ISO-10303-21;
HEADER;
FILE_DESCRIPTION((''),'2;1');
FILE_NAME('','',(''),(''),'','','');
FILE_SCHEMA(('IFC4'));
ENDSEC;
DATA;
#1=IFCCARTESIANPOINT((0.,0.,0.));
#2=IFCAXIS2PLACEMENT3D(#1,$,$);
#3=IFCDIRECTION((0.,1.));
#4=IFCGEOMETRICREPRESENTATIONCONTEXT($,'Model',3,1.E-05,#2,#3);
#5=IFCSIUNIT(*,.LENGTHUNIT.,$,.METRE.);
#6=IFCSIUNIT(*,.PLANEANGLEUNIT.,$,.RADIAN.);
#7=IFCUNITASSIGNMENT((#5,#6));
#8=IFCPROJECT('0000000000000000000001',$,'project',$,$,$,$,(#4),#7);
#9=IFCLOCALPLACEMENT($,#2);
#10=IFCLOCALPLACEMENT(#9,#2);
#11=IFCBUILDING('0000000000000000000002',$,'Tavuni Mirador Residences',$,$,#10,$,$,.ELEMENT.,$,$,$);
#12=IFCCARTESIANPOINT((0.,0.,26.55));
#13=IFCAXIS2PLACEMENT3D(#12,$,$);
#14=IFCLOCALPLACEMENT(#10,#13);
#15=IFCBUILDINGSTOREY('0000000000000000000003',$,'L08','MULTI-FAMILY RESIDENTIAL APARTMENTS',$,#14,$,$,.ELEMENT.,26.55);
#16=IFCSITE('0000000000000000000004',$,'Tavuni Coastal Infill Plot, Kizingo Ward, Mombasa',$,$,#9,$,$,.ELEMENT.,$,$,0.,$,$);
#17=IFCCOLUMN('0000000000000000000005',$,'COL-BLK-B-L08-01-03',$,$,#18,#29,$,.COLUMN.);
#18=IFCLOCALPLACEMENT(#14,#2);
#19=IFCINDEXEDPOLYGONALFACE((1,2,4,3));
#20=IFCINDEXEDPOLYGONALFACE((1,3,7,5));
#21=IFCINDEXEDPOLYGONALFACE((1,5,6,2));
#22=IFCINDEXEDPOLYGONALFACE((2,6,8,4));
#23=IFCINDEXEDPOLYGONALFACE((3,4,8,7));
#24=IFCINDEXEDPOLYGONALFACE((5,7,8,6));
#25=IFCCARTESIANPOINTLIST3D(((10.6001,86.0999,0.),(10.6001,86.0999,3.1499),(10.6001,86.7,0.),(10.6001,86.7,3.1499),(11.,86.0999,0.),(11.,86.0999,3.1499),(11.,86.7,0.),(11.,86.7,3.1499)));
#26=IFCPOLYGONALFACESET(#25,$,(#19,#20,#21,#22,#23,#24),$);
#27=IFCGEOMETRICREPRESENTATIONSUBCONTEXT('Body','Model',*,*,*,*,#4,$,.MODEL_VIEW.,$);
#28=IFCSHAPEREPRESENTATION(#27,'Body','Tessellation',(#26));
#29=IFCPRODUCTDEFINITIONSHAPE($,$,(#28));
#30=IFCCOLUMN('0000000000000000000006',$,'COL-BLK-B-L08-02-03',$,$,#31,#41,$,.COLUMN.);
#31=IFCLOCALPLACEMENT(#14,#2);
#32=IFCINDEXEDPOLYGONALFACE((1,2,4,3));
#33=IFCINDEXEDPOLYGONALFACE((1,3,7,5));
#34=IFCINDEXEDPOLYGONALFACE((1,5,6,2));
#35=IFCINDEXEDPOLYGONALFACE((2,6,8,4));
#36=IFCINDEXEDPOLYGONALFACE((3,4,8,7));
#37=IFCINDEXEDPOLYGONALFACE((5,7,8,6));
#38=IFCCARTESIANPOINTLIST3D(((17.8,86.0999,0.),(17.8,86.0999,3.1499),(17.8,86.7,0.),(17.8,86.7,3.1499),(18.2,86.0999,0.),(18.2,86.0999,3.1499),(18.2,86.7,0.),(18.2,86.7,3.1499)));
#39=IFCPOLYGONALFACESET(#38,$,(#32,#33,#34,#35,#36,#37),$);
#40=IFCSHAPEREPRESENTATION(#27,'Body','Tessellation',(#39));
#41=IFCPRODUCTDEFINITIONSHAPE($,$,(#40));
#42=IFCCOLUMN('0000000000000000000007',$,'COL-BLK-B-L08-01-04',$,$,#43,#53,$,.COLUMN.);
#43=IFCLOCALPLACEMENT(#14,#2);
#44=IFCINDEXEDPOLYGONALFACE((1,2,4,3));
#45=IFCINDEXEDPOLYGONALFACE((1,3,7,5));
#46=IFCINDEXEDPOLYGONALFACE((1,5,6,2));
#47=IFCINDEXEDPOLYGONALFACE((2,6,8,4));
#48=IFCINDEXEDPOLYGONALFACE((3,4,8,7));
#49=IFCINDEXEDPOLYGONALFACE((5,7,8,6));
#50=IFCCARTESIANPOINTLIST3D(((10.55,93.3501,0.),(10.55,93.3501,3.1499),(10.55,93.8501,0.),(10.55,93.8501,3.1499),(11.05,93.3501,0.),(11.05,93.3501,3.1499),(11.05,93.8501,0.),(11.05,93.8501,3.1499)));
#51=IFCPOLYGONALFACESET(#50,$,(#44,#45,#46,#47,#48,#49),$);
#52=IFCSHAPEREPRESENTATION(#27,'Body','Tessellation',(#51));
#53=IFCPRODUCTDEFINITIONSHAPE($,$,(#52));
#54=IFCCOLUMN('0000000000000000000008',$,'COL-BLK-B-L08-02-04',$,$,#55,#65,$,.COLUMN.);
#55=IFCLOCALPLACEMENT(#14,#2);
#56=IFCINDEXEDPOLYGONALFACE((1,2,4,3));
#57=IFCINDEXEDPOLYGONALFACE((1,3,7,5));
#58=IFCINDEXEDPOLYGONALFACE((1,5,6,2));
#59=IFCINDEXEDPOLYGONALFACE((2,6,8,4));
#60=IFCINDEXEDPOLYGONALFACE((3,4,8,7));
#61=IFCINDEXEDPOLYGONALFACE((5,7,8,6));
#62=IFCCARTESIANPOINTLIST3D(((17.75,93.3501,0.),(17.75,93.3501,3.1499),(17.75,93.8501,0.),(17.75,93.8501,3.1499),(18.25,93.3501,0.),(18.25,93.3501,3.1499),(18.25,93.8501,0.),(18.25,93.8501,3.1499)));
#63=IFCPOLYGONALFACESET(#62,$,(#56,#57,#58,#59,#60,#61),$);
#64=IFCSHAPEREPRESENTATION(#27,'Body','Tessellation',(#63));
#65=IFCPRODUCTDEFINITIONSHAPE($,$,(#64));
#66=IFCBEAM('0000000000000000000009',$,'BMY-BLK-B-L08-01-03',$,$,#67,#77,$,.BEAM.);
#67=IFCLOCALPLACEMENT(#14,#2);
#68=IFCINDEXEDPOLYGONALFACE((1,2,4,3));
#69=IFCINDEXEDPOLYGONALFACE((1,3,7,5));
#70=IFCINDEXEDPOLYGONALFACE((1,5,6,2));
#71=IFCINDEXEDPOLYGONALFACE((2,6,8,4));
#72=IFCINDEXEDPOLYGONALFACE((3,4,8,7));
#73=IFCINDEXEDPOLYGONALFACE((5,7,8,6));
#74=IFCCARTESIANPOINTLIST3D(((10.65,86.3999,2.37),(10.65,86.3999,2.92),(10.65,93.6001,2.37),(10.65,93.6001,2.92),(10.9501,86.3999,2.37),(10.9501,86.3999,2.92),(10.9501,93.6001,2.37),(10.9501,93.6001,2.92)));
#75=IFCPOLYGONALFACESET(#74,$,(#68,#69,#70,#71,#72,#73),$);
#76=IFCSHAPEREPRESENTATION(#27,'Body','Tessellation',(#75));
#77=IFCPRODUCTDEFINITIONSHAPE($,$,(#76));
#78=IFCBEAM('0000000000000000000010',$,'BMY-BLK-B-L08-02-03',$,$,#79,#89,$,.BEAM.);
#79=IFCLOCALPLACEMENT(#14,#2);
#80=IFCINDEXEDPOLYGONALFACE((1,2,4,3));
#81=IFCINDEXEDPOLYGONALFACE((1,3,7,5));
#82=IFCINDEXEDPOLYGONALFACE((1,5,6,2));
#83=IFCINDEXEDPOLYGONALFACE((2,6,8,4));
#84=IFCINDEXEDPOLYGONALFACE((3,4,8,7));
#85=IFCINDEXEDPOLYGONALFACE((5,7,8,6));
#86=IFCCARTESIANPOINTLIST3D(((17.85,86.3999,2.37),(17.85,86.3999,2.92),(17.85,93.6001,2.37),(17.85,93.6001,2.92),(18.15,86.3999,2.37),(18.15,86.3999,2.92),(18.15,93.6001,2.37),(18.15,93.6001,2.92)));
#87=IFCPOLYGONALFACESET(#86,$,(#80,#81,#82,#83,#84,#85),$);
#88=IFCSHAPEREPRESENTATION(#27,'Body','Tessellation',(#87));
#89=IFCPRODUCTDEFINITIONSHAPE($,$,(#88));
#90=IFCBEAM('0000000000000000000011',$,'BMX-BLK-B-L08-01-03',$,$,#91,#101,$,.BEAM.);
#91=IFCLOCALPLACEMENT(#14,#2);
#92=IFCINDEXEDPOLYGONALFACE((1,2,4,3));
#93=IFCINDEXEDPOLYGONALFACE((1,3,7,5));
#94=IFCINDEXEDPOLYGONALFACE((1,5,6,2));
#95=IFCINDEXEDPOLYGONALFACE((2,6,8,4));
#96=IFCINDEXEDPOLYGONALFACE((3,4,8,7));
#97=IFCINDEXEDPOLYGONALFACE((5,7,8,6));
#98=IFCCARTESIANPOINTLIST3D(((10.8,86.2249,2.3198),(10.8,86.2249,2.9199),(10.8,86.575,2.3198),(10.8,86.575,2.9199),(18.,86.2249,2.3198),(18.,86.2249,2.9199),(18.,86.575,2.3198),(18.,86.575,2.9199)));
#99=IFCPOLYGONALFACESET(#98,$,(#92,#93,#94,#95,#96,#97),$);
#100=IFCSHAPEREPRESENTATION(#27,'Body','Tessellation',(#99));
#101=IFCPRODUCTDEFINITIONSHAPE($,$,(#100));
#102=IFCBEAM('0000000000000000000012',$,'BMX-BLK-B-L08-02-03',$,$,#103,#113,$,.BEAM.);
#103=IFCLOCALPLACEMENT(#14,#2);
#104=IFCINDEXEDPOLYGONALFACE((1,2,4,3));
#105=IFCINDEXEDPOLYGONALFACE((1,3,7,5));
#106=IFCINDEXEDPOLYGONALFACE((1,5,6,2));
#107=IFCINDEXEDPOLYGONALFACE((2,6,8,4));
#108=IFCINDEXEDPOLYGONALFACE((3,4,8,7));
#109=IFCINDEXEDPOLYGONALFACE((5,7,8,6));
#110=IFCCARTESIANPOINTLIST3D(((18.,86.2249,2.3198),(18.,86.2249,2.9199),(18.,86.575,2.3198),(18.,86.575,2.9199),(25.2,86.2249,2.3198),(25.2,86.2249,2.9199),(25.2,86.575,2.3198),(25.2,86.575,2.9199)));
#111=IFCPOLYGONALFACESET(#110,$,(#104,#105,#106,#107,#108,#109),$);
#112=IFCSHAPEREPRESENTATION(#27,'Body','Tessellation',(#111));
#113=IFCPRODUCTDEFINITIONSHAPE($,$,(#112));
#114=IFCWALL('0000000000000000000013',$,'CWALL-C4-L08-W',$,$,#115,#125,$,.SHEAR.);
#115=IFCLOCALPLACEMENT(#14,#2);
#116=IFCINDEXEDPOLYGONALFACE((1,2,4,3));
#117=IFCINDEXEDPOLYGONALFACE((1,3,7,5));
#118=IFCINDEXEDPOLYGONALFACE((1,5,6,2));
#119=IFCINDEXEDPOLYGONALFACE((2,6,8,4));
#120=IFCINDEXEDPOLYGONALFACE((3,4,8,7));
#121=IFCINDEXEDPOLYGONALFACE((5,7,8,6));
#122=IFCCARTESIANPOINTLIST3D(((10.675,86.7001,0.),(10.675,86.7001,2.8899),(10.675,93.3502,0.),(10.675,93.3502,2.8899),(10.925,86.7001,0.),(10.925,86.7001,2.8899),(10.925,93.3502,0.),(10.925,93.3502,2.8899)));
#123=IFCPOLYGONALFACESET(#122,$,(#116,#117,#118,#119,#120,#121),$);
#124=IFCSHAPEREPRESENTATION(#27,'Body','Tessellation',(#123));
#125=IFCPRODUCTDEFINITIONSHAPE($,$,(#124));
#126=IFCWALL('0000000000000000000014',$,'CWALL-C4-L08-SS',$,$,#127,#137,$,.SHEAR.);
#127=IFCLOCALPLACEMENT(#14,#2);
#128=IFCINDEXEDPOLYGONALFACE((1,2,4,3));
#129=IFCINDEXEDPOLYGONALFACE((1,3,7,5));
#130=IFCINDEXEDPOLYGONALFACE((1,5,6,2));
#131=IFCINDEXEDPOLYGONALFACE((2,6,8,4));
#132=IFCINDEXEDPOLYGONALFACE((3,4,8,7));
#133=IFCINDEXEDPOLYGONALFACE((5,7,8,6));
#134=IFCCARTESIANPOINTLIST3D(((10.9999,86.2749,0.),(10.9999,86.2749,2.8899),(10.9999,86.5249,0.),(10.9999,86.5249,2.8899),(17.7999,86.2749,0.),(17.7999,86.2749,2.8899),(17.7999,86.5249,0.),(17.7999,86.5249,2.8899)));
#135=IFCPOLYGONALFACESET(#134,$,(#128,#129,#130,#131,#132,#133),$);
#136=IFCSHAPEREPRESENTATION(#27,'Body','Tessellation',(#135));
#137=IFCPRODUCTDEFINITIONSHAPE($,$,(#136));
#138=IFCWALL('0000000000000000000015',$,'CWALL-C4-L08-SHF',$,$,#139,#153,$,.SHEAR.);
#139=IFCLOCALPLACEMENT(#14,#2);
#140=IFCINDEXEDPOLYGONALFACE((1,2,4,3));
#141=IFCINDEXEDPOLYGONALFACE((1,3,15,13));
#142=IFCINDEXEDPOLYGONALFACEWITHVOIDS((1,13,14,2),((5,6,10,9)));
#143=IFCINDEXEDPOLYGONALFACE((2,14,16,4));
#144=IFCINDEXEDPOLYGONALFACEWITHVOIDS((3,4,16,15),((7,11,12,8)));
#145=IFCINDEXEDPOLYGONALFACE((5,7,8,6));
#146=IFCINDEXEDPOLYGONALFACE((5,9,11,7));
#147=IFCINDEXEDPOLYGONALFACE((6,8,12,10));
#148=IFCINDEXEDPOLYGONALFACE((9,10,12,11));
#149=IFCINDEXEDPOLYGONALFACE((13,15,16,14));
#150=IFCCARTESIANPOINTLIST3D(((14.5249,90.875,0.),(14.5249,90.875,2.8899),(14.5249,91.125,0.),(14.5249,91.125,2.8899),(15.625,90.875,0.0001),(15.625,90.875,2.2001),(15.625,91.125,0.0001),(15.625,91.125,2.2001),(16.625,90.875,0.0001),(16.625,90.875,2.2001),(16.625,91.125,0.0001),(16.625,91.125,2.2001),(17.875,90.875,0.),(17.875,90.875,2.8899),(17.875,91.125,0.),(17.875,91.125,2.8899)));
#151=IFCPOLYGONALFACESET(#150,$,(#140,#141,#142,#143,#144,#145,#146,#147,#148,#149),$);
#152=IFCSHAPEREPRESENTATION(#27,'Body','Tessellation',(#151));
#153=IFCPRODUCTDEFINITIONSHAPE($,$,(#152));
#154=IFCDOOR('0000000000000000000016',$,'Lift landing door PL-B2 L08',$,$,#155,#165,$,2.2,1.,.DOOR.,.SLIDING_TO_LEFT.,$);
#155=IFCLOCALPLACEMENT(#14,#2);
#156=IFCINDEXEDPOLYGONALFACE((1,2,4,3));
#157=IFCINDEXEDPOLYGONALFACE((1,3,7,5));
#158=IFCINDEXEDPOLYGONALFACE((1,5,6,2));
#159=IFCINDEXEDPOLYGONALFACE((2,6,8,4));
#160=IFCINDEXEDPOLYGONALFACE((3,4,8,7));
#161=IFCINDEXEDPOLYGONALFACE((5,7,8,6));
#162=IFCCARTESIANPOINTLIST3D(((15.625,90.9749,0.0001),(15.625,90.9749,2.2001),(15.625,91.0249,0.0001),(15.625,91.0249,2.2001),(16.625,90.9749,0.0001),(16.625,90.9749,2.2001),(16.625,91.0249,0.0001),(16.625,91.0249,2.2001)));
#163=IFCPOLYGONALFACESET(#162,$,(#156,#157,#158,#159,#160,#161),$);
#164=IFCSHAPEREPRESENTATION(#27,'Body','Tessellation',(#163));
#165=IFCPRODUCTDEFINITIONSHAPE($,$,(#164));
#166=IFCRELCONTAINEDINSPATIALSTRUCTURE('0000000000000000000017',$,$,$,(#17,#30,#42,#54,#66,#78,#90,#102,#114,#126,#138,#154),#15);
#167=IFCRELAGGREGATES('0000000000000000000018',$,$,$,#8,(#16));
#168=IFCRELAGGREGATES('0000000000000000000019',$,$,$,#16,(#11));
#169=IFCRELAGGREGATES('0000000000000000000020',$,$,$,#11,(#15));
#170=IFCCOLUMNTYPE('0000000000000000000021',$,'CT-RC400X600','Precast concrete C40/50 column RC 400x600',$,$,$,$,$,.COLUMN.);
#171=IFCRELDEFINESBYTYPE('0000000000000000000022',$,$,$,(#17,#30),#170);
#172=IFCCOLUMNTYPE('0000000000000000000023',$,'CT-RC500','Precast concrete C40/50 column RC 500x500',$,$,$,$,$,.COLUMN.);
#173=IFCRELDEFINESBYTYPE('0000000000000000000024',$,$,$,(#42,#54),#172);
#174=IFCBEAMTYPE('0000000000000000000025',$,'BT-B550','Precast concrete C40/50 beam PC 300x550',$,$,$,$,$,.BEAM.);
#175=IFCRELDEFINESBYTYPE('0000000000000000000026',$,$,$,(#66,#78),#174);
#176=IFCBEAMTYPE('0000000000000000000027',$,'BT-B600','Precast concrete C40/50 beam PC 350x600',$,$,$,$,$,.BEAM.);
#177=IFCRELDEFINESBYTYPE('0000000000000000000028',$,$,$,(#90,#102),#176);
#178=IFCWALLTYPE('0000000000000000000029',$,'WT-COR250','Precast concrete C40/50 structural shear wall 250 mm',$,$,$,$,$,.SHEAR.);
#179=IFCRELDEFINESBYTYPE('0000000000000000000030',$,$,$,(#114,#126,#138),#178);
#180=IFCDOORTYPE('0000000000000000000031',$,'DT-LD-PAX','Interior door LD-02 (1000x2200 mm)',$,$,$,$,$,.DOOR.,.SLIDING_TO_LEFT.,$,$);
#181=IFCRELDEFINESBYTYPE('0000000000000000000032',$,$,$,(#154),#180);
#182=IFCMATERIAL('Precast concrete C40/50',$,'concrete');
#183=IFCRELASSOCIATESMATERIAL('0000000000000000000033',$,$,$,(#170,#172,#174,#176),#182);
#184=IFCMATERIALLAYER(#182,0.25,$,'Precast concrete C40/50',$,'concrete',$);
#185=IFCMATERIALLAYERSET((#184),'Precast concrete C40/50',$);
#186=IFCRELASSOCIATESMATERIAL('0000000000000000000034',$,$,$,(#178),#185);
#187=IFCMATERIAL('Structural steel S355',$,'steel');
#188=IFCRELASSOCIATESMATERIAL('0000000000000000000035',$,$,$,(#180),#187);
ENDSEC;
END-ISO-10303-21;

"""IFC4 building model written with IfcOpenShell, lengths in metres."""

from ifc_helpers import new_model, si_unit, direction, frame, frame_2d, origin, origin_2d, place, context, subcontext, project, spatial, rectangle, extrude, material, layer, layer_set, material_profile, profile_set, type_object, element, fill, save


model = new_model("IFC4")

# Units and contexts
model_context = context("Model", 3, precision=1e-05, world=origin(), true_north=direction((0.0, 1.0)))
body_context = subcontext(model_context, "Body", "Model", "MODEL_VIEW")
ifc_project = project(units=[si_unit("LENGTHUNIT", "METRE"), si_unit("PLANEANGLEUNIT", "RADIAN")], contexts=[model_context])

# Site, building, storey
site_placement = place(None, origin())
site = spatial("IfcSite", under=ifc_project, at=site_placement, Name="Tavuni Coastal Infill Plot, Kizingo Ward, Mombasa", CompositionType="ELEMENT", RefElevation=0.0)
building_placement = place(site_placement, origin())
building = spatial("IfcBuilding", under=site, at=building_placement, Name="Tavuni Mirador Residences", CompositionType="ELEMENT")
storey_placement = place(building_placement, frame((0.0, 0.0, 26.55)))
storey = spatial("IfcBuildingStorey", under=building, at=storey_placement, Name="L08", Description="MULTI-FAMILY RESIDENTIAL APARTMENTS", CompositionType="ELEMENT", Elevation=26.55)

# Columns
ifc_material_1 = material(Name="Precast concrete C40/50", Category="concrete")
ifc_material_profile_1 = material_profile(ifc_material_1, rectangle(XDim=0.3999, YDim=0.6001, at=origin_2d()), Name="RC 400x600", Category="concrete")
ifc_profile_set_1 = profile_set([ifc_material_profile_1], Name="Precast concrete C40/50")
column_type_1 = type_object("IfcColumnType", Name="CT-RC400X600", Description="Precast concrete C40/50 column RC 400x600", PredefinedType="COLUMN", material=ifc_profile_set_1)
for number, where, z_axis, x_axis, name in (
    (1, (10.8, 86.3999, 0.0), (0.0, 0.0, 1.0), (1.0, 0.0, 0.0), "COL-BLK-B-L08-01-03"),
    (2, (18.0, 86.3999, 0.0), (0.0, 0.0, 1.0), (1.0, 0.0, 0.0), "COL-BLK-B-L08-02-03"),
):
    element("IfcColumn", number, at=place(storey_placement, frame(where, z_axis=z_axis, x_axis=x_axis)), inside=storey, type_object=column_type_1, Name=name, PredefinedType="COLUMN", context=body_context, shape_type="SweptSolid", body=[
        extrude(rectangle(XDim=0.3999, YDim=0.6001, at=origin_2d()), origin(), (0.0, 0.0, 1.0), 3.1499),
    ])
ifc_material_profile_2 = material_profile(ifc_material_1, rectangle(XDim=0.5, YDim=0.5, at=origin_2d()), Name="RC 500x500", Category="concrete")
ifc_profile_set_2 = profile_set([ifc_material_profile_2], Name="Precast concrete C40/50")
column_type_2 = type_object("IfcColumnType", Name="CT-RC500", Description="Precast concrete C40/50 column RC 500x500", PredefinedType="COLUMN", material=ifc_profile_set_2)
for number, where, z_axis, x_axis, name in (
    (3, (10.8, 93.6001, 0.0), (0.0, 0.0, 1.0), (1.0, 0.0, 0.0), "COL-BLK-B-L08-01-04"),
    (4, (18.0, 93.6001, 0.0), (0.0, 0.0, 1.0), (1.0, 0.0, 0.0), "COL-BLK-B-L08-02-04"),
):
    element("IfcColumn", number, at=place(storey_placement, frame(where, z_axis=z_axis, x_axis=x_axis)), inside=storey, type_object=column_type_2, Name=name, PredefinedType="COLUMN", context=body_context, shape_type="SweptSolid", body=[
        extrude(rectangle(XDim=0.5, YDim=0.5, at=origin_2d()), origin(), (0.0, 0.0, 1.0), 3.1499),
    ])

# Beams
ifc_material_profile_3 = material_profile(ifc_material_1, rectangle(XDim=0.3, YDim=0.55, at=origin_2d()), Name="PC 300x550", Category="concrete")
ifc_profile_set_3 = profile_set([ifc_material_profile_3], Name="Precast concrete C40/50")
beam_type_1 = type_object("IfcBeamType", Name="BT-B550", Description="Precast concrete C40/50 beam PC 300x550", PredefinedType="BEAM", material=ifc_profile_set_3)
for number, where, z_axis, x_axis, name in (
    (5, (10.8, 86.3999, 2.645), (0.0, 1.0, 0.0), (-1.0, 0.0, 0.0), "BMY-BLK-B-L08-01-03"),
    (6, (18.0, 86.3999, 2.645), (0.0, 1.0, 0.0), (-1.0, 0.0, 0.0), "BMY-BLK-B-L08-02-03"),
):
    element("IfcBeam", number, at=place(storey_placement, frame(where, z_axis=z_axis, x_axis=x_axis)), inside=storey, type_object=beam_type_1, Name=name, PredefinedType="BEAM", context=body_context, shape_type="SweptSolid", body=[
        extrude(rectangle(XDim=0.3, YDim=0.55, at=origin_2d()), origin(), (0.0, 0.0, 1.0), 7.2002),
    ])
ifc_material_profile_4 = material_profile(ifc_material_1, rectangle(XDim=0.3501, YDim=0.6001, at=origin_2d()), Name="PC 350x600", Category="concrete")
ifc_profile_set_4 = profile_set([ifc_material_profile_4], Name="Precast concrete C40/50")
beam_type_2 = type_object("IfcBeamType", Name="BT-B600", Description="Precast concrete C40/50 beam PC 350x600", PredefinedType="BEAM", material=ifc_profile_set_4)
for number, where, z_axis, x_axis, name in (
    (7, (10.8, 86.3999, 2.6199), (1.0, 0.0, 0.0), (0.0, 1.0, 0.0), "BMX-BLK-B-L08-01-03"),
    (8, (18.0, 86.3999, 2.6199), (1.0, 0.0, 0.0), (0.0, 1.0, 0.0), "BMX-BLK-B-L08-02-03"),
):
    element("IfcBeam", number, at=place(storey_placement, frame(where, z_axis=z_axis, x_axis=x_axis)), inside=storey, type_object=beam_type_2, Name=name, PredefinedType="BEAM", context=body_context, shape_type="SweptSolid", body=[
        extrude(rectangle(XDim=0.3501, YDim=0.6001, at=origin_2d()), origin(), (0.0, 0.0, 1.0), 7.2),
    ])

# Wall
ifc_layer_1 = layer(ifc_material_1, 0.25, Name="Precast concrete C40/50", Category="concrete")
ifc_layer_set_1 = layer_set([ifc_layer_1], Name="Precast concrete C40/50")
wall_type_1 = type_object("IfcWallType", Name="WT-COR250", Description="Precast concrete C40/50 structural shear wall 250 mm", PredefinedType="SHEAR", material=ifc_layer_set_1)
wall_1_placement = place(storey_placement, frame((10.8, 86.7, 0.0), z_axis=(0.0, 0.0, 1.0), x_axis=(0.0, 1.0, 0.0)))
element("IfcWall", 9, at=wall_1_placement, inside=storey, type_object=wall_type_1, Name="CWALL-C4-L08-W", PredefinedType="SHEAR", context=body_context, shape_type="SweptSolid", body=[
    extrude(rectangle(XDim=6.6501, YDim=0.25, at=frame_2d((3.3252, 0.0))), origin(), (0.0, 0.0, 1.0), 2.8899),
])

# Wall
wall_2_placement = place(storey_placement, frame((11.0, 86.3999, 0.0), z_axis=(0.0, 0.0, 1.0), x_axis=(1.0, 0.0, 0.0)))
element("IfcWall", 10, at=wall_2_placement, inside=storey, type_object=wall_type_1, Name="CWALL-C4-L08-SS", PredefinedType="SHEAR", context=body_context, shape_type="SweptSolid", body=[
    extrude(rectangle(XDim=6.8, YDim=0.25, at=frame_2d((3.3999, 0.0))), origin(), (0.0, 0.0, 1.0), 2.8899),
])

# Wall, opening, door
wall_3_placement = place(storey_placement, frame((14.5249, 91.0, 0.0), z_axis=(0.0, 0.0, 1.0), x_axis=(1.0, 0.0, 0.0)))
wall_3 = element("IfcWall", 11, at=wall_3_placement, inside=storey, type_object=wall_type_1, Name="CWALL-C4-L08-SHF", PredefinedType="SHEAR", context=body_context, shape_type="SweptSolid", body=[
    extrude(rectangle(XDim=3.3501, YDim=0.25, at=frame_2d((1.675, 0.0))), origin(), (0.0, 0.0, 1.0), 2.8899),
])
opening_1_placement = place(wall_3_placement, frame((1.1001, 0.0, 0.0)))
opening_1 = element("IfcOpeningElement", 12, at=opening_1_placement, cuts=wall_3, PredefinedType="OPENING", context=body_context, shape_type="SweptSolid", body=[
    extrude(rectangle(XDim=1.0, YDim=2.2, at=frame_2d((0.5, 1.1001))), frame((0.0, 0.135, 0.0), z_axis=(0.0, -1.0, 0.0), x_axis=(1.0, 0.0, 0.0)), (0.0, 0.0, 1.0), 0.27),
])
ifc_material_2 = material(Name="Structural steel S355", Category="steel")
door_type_1 = type_object("IfcDoorType", Name="DT-LD-PAX", Description="Interior door LD-02 (1000x2200 mm)", OperationType="SLIDING_TO_LEFT", PredefinedType="DOOR", material=ifc_material_2)
door_1_placement = place(opening_1_placement, origin())
door_1 = element("IfcDoor", 13, at=door_1_placement, inside=storey, type_object=door_type_1, Name="Lift landing door PL-B2 L08", OperationType="SLIDING_TO_LEFT", OverallHeight=2.2, OverallWidth=1.0, PredefinedType="DOOR", context=body_context, shape_type="SweptSolid", body=[
    extrude(rectangle(XDim=1.0, YDim=2.2, at=frame_2d((0.5, 1.1001))), frame((0.0, 0.0249, 0.0), z_axis=(0.0, -1.0, 0.0), x_axis=(1.0, 0.0, 0.0)), (0.0, 0.0, 1.0), 0.05),
])
fill(opening_1, door_1)

save(model, "model.ifc")
